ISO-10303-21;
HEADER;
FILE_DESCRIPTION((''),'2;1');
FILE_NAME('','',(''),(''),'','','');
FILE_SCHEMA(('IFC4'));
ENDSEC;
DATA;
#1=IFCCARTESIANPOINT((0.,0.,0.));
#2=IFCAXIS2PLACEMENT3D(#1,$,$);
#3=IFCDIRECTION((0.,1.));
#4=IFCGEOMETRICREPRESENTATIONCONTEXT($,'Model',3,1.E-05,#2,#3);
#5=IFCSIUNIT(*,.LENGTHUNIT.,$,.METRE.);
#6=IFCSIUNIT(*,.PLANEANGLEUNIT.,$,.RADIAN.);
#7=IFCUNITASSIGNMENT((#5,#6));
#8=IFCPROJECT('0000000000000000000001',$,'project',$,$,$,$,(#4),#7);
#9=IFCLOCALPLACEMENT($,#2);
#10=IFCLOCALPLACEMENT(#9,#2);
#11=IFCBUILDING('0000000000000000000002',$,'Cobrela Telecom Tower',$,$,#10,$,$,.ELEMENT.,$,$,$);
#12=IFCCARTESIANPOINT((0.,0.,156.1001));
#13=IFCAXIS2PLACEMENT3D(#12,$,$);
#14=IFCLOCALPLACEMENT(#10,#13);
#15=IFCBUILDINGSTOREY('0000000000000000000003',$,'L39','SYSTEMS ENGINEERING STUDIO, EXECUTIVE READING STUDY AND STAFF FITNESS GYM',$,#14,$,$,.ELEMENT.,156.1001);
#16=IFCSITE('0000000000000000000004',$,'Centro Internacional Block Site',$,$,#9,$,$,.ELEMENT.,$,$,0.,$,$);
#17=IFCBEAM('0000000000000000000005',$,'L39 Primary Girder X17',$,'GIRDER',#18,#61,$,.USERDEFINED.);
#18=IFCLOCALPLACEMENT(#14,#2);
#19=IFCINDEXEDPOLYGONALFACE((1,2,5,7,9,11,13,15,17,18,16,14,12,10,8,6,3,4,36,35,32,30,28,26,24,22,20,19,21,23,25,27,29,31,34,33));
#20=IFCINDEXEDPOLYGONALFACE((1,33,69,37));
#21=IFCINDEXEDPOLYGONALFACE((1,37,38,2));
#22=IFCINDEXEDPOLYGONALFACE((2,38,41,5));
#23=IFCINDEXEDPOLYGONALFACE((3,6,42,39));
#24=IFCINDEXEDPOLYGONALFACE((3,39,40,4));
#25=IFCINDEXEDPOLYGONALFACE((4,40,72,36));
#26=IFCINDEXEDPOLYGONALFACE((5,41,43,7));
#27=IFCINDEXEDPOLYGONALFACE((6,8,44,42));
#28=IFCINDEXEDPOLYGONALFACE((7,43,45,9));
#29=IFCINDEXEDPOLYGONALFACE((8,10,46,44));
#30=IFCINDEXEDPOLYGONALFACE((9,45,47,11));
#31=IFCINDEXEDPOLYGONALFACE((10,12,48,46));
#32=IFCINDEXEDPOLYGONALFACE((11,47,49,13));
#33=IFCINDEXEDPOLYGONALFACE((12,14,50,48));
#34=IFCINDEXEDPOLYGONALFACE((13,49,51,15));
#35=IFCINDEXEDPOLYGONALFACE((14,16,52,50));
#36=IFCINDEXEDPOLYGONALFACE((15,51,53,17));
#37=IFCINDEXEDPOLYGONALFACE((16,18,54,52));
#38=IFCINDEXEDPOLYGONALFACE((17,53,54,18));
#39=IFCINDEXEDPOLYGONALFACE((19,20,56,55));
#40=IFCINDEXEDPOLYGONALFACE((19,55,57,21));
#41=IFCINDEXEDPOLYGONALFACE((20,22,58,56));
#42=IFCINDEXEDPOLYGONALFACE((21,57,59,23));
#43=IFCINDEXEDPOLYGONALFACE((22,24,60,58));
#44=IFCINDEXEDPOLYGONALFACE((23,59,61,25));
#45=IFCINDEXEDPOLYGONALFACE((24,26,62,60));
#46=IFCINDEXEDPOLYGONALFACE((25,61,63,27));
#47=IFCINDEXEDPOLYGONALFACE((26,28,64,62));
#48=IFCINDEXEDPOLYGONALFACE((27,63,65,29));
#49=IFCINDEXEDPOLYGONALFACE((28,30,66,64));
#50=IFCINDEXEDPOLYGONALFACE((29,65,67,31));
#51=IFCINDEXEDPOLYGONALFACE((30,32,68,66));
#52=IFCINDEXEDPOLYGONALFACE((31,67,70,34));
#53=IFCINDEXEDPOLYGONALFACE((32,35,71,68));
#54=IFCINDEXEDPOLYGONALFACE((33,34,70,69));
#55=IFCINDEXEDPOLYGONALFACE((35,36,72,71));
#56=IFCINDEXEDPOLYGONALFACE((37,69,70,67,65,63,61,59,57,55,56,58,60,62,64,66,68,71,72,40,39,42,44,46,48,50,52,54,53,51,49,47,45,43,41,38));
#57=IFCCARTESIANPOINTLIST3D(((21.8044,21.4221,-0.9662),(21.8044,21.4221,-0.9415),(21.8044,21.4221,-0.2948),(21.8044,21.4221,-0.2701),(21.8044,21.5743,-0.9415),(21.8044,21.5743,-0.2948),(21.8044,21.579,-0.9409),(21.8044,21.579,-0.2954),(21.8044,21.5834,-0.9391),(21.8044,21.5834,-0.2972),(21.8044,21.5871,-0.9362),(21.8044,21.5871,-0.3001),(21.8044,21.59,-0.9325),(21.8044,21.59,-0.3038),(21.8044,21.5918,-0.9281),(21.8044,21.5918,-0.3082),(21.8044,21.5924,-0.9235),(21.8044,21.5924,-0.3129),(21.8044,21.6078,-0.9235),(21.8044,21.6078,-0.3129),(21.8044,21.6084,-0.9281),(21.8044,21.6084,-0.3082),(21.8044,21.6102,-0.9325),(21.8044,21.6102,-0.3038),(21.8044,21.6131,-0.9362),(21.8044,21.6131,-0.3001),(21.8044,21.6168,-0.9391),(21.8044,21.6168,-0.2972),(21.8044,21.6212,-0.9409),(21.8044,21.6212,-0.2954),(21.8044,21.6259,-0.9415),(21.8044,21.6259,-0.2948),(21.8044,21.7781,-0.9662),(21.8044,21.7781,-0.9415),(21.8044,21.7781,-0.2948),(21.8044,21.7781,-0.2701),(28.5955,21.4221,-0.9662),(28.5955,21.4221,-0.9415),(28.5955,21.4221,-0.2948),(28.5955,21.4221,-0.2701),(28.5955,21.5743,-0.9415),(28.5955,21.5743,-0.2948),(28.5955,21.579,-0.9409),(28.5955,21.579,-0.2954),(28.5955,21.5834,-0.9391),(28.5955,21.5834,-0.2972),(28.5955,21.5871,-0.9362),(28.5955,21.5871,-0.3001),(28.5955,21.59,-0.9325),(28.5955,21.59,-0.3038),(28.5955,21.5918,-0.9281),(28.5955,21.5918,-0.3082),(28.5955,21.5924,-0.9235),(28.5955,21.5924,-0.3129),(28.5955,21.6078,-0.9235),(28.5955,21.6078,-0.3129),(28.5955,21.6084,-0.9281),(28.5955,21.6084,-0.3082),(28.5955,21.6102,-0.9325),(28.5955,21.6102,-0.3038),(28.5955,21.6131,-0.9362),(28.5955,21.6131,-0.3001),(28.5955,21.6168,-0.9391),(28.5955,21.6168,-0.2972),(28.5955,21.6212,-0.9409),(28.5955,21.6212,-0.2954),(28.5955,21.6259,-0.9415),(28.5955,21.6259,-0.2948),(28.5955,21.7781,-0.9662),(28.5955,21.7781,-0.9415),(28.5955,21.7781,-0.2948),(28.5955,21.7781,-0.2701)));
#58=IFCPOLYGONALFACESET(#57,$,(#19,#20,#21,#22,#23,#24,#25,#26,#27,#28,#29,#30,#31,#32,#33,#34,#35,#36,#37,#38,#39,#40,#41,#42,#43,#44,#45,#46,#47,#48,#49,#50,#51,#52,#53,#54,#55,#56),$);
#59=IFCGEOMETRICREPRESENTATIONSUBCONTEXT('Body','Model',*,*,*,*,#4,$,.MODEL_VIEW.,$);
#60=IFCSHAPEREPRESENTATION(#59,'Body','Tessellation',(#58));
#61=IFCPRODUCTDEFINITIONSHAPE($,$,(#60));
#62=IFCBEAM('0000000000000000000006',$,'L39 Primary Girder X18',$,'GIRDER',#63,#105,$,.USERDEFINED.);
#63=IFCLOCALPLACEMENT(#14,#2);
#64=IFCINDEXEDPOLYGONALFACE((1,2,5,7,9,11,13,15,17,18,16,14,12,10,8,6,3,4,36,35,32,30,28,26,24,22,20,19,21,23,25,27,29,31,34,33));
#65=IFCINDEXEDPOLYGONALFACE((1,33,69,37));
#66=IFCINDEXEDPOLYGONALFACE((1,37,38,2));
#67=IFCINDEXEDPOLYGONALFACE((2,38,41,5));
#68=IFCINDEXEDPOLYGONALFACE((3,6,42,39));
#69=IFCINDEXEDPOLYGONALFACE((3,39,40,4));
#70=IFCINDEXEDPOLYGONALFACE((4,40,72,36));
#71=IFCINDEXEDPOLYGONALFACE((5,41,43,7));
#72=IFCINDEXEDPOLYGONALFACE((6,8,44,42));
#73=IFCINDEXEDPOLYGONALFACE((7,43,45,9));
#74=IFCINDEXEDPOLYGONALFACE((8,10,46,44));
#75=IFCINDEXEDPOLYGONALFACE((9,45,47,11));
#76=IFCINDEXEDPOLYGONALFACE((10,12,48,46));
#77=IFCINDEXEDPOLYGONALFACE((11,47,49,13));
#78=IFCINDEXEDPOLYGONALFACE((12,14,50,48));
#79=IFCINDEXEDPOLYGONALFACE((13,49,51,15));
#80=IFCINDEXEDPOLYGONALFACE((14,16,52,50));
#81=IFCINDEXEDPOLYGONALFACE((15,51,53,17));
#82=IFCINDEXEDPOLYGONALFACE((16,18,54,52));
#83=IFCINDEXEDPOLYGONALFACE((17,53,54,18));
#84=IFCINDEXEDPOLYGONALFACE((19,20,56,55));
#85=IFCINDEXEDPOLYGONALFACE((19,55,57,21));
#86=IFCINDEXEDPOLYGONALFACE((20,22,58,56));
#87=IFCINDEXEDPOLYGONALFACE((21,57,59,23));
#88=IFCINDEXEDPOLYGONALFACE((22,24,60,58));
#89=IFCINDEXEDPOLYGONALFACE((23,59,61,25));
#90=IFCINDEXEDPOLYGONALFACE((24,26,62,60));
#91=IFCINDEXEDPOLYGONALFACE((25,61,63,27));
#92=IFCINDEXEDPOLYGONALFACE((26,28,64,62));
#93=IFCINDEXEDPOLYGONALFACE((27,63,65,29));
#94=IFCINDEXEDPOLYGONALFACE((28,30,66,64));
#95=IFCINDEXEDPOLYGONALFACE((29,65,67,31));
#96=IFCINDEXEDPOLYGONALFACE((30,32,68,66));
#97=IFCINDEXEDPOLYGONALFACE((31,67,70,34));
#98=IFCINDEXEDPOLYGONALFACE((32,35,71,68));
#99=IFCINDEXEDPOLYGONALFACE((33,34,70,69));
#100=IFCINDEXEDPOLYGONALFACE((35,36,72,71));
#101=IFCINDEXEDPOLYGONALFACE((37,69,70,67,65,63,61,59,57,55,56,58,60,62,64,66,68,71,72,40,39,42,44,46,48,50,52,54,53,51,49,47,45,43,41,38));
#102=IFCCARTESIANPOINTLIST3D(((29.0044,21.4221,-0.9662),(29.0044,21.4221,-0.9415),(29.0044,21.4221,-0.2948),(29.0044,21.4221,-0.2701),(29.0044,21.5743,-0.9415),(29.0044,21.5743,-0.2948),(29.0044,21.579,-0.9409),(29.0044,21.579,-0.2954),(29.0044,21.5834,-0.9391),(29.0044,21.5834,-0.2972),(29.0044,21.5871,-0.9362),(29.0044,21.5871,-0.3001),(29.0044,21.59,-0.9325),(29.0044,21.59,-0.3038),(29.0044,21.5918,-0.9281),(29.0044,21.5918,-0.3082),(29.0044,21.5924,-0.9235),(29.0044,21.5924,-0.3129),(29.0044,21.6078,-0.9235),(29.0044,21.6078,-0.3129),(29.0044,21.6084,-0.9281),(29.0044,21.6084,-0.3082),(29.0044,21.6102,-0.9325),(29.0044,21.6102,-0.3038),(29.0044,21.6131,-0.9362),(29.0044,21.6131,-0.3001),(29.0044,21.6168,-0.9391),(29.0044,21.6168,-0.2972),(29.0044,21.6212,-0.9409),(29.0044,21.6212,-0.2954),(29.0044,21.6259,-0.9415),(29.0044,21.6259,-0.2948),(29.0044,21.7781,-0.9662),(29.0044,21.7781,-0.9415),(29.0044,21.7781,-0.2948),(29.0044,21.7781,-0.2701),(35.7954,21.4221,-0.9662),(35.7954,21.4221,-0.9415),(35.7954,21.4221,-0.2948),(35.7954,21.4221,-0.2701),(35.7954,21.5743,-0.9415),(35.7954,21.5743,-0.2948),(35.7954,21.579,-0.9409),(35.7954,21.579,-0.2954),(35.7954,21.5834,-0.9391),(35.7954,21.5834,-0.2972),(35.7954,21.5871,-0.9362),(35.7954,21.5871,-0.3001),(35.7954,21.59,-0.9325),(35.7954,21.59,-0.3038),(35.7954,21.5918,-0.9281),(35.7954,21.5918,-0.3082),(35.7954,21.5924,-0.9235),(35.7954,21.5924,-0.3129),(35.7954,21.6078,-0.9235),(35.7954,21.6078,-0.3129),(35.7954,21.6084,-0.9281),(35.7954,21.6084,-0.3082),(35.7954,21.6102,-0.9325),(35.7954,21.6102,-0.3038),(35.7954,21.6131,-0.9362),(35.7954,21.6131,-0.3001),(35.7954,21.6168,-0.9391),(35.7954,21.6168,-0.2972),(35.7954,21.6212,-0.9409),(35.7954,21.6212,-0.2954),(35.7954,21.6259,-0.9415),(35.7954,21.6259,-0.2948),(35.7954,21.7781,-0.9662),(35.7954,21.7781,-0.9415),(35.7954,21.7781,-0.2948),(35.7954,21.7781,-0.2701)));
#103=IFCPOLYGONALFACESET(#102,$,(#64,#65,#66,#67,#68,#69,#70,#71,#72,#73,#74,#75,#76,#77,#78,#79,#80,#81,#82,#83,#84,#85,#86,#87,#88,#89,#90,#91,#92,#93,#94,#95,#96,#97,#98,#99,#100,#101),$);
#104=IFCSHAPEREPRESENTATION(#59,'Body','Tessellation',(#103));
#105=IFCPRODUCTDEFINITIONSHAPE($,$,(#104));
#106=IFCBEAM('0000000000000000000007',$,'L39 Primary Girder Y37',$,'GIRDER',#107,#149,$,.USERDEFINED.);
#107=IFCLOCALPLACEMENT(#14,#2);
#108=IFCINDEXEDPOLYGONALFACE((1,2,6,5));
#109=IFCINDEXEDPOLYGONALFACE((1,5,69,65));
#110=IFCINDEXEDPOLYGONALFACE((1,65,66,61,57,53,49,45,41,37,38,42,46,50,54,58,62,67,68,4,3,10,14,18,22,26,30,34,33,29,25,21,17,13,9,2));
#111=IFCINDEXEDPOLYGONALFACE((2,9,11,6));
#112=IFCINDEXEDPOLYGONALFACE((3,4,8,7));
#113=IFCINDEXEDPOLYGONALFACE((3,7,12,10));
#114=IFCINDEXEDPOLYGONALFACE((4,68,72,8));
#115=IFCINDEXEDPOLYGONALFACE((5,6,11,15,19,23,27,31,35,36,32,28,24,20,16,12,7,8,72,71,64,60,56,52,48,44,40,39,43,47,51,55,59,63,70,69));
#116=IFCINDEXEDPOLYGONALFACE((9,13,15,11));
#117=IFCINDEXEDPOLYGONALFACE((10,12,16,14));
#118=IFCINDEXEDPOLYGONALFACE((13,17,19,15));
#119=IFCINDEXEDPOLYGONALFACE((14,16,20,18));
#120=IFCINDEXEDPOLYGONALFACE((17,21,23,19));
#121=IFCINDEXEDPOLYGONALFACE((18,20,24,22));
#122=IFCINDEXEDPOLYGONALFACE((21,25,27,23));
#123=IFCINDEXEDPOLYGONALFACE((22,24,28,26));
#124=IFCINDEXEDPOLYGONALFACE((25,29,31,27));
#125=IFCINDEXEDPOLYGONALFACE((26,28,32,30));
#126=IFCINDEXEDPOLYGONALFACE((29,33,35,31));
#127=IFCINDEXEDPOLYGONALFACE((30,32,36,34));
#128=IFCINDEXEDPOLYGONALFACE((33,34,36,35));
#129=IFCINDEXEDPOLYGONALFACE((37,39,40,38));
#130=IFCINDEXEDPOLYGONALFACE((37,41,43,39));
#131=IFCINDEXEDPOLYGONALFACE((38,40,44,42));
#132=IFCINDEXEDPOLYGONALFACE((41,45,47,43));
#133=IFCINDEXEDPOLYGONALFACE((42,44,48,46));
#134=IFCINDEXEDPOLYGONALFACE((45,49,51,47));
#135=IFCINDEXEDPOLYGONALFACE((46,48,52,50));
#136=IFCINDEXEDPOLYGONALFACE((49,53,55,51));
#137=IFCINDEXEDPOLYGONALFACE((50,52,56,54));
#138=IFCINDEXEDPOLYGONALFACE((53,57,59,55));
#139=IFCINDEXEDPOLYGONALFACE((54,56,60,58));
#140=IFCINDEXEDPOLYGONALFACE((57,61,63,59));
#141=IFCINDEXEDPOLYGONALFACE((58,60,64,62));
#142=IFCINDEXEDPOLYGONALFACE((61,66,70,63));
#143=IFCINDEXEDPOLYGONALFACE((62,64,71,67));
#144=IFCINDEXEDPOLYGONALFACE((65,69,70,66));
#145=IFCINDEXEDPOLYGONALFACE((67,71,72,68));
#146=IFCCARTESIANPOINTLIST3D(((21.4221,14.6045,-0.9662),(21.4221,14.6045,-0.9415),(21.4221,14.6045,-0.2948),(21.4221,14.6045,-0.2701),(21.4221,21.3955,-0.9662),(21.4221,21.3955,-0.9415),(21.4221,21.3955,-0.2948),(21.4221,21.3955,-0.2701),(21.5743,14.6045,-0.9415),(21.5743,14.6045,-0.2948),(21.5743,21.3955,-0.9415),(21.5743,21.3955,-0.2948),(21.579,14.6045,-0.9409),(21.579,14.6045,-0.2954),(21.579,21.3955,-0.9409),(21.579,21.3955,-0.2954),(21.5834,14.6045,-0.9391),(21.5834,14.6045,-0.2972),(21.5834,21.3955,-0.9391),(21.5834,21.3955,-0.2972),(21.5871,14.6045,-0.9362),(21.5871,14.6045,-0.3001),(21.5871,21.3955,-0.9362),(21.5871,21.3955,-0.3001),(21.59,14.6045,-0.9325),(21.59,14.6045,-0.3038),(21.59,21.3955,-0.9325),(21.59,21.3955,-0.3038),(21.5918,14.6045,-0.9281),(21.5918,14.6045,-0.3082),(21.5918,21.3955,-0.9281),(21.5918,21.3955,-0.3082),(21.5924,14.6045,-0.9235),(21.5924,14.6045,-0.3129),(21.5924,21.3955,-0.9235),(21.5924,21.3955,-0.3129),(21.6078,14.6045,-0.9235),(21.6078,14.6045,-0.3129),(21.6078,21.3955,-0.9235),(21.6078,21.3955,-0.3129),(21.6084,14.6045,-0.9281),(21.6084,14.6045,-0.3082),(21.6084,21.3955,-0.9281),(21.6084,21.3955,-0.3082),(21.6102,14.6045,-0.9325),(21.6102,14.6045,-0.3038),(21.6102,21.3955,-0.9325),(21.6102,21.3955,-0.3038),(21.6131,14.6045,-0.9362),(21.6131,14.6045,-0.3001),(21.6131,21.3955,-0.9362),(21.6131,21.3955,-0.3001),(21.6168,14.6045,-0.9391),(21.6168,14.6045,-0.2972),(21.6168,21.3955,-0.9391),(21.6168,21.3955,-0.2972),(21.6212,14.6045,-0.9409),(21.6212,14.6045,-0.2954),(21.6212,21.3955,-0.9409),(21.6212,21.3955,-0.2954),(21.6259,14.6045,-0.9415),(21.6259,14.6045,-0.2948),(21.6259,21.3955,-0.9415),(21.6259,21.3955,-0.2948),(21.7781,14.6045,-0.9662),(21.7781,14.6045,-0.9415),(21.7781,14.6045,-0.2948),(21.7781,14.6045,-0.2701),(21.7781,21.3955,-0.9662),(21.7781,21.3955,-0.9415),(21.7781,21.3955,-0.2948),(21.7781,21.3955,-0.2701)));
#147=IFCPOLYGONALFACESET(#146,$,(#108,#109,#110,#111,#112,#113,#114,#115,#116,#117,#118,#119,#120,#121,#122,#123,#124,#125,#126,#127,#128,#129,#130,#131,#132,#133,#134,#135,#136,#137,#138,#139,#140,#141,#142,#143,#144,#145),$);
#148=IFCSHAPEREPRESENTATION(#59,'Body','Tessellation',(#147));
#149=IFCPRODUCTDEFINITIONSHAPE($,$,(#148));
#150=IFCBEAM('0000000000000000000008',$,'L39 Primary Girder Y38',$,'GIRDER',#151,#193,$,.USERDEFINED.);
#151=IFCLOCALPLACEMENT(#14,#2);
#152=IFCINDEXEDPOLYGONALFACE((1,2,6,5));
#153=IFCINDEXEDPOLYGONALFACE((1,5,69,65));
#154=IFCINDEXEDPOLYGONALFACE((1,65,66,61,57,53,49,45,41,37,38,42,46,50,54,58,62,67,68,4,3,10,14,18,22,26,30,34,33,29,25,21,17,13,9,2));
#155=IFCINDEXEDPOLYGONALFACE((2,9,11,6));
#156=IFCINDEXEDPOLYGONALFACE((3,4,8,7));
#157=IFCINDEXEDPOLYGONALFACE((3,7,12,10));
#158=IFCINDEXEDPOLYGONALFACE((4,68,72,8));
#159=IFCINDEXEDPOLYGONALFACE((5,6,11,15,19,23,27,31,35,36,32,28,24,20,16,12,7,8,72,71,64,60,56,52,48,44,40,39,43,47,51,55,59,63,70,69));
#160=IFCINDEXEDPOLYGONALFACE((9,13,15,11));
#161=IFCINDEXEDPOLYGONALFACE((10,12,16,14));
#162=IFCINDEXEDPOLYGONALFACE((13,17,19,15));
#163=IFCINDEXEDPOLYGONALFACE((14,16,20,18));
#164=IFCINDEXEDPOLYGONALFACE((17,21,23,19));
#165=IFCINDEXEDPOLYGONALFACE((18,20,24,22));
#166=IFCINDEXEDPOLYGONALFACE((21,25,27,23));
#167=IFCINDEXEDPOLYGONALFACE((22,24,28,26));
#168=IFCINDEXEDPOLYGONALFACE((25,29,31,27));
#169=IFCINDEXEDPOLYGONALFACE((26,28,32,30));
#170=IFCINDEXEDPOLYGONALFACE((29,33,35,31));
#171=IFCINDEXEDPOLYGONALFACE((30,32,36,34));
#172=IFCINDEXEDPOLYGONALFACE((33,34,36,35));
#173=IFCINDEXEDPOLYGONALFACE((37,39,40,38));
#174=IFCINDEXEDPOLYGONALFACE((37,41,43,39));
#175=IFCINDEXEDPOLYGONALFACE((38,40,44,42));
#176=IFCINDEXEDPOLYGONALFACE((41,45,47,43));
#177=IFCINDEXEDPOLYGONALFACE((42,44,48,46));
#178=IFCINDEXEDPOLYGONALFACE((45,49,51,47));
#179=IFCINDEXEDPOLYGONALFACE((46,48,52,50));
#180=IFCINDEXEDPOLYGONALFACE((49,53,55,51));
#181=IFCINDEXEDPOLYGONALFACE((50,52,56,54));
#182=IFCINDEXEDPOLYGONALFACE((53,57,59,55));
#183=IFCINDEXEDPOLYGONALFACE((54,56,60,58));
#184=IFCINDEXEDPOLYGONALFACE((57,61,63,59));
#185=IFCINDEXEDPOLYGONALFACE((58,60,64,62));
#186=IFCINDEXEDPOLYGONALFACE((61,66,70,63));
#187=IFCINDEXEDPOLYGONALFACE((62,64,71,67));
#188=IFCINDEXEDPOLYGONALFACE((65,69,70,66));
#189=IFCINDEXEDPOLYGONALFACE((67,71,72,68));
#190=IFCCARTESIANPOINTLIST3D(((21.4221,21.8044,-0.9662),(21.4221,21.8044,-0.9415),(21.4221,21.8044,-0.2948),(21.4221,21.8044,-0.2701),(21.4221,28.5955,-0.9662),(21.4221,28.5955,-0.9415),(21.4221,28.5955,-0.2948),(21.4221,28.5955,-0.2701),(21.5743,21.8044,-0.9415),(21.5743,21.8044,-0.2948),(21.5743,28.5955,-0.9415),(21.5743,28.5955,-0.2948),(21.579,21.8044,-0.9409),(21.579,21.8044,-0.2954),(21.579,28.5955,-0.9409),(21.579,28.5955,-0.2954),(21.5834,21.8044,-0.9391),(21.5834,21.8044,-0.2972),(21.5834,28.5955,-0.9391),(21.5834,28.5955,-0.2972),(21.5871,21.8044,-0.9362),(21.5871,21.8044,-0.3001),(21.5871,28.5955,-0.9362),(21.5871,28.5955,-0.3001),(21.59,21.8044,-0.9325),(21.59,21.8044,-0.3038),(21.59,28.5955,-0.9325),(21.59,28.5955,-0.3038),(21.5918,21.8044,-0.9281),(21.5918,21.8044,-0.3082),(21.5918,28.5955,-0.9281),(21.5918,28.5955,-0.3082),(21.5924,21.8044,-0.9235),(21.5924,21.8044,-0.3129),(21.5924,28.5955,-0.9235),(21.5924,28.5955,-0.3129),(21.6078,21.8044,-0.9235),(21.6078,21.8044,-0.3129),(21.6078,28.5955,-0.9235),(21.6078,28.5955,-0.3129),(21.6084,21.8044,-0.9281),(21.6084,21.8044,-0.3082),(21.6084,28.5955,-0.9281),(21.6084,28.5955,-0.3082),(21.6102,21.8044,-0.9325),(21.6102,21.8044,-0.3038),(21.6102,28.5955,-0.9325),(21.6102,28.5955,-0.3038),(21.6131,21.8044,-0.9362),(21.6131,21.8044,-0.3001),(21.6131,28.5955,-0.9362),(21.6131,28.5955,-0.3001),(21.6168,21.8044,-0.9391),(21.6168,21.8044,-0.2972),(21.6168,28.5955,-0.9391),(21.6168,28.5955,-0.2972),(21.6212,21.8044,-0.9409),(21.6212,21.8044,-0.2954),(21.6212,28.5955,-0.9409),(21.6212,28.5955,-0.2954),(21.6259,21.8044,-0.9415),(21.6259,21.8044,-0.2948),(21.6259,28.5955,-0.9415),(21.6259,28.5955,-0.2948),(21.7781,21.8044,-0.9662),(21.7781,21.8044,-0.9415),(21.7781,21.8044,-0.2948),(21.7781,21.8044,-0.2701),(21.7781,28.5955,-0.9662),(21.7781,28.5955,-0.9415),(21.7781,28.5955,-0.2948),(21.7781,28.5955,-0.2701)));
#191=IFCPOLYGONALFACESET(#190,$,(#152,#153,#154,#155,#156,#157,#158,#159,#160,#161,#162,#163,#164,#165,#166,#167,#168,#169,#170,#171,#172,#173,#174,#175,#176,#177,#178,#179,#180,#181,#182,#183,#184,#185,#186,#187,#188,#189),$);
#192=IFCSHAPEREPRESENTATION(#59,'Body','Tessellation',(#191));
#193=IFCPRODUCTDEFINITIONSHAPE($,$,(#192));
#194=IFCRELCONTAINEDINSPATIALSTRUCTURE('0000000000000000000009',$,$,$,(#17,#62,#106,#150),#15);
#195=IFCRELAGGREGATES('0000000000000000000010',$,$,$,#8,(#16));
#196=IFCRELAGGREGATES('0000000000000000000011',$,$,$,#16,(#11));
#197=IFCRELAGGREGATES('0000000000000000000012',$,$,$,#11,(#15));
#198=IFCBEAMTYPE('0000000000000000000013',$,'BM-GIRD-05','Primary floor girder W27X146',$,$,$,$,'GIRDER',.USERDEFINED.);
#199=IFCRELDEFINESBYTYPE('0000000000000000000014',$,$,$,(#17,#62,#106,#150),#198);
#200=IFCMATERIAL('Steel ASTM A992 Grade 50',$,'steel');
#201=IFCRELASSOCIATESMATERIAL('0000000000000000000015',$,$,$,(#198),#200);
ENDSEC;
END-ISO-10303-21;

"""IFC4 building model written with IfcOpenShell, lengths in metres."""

from ifc_helpers import new_model, si_unit, direction, frame, origin, origin_2d, place, context, subcontext, project, spatial, i_section, extrude, material, material_profile, profile_set, type_object, element, save


model = new_model("IFC4")

# Units and contexts
model_context = context("Model", 3, precision=1e-05, world=origin(), true_north=direction((0.0, 1.0)))
body_context = subcontext(model_context, "Body", "Model", "MODEL_VIEW")
ifc_project = project(units=[si_unit("LENGTHUNIT", "METRE"), si_unit("PLANEANGLEUNIT", "RADIAN")], contexts=[model_context])

# Site, building, storey
site_placement = place(None, origin())
site = spatial("IfcSite", under=ifc_project, at=site_placement, Name="Centro Internacional Block Site", CompositionType="ELEMENT", RefElevation=0.0)
building_placement = place(site_placement, origin())
building = spatial("IfcBuilding", under=site, at=building_placement, Name="Cobrela Telecom Tower", CompositionType="ELEMENT")
storey_placement = place(building_placement, frame((0.0, 0.0, 156.1001)))
storey = spatial("IfcBuildingStorey", under=building, at=storey_placement, Name="L39", Description="SYSTEMS ENGINEERING STUDIO, EXECUTIVE READING STUDY AND STAFF FITNESS GYM", CompositionType="ELEMENT", Elevation=156.1001)

# Shared definitions
ifc_material_1 = material(Name="Steel ASTM A992 Grade 50", Category="steel")

# Beams
ifc_material_profile_1 = material_profile(ifc_material_1, i_section(OverallWidth=0.356, OverallDepth=0.696, WebThickness=0.0154, FlangeThickness=0.0247, FilletRadius=0.0181, at=origin_2d()), Name="W27X146")
ifc_profile_set_1 = profile_set([ifc_material_profile_1], Name="Steel ASTM A992 Grade 50")
beam_type_1 = type_object("IfcBeamType", Name="BM-GIRD-05", Description="Primary floor girder W27X146", ElementType="GIRDER", PredefinedType="USERDEFINED", material=ifc_profile_set_1)
for number, where, z_axis, x_axis, name in (
    (1, (21.8044, 21.6001, -0.6182), (1.0, 0.0, 0.0), (0.0, 1.0, 0.0), "L39 Primary Girder X17"),
    (2, (29.0044, 21.6001, -0.6182), (1.0, 0.0, 0.0), (0.0, 1.0, 0.0), "L39 Primary Girder X18"),
    (3, (21.6001, 14.6045, -0.6182), (0.0, 1.0, 0.0), (-1.0, 0.0, 0.0), "L39 Primary Girder Y37"),
    (4, (21.6001, 21.8044, -0.6182), (0.0, 1.0, 0.0), (-1.0, 0.0, 0.0), "L39 Primary Girder Y38"),
):
    element("IfcBeam", number, at=place(storey_placement, frame(where, z_axis=z_axis, x_axis=x_axis)), inside=storey, type_object=beam_type_1, Name=name, ObjectType="GIRDER", PredefinedType="USERDEFINED", context=body_context, shape_type="SweptSolid", body=[
        extrude(i_section(OverallWidth=0.356, OverallDepth=0.696, WebThickness=0.0154, FlangeThickness=0.0247, FilletRadius=0.0181, at=origin_2d()), origin(), (0.0, 0.0, 1.0), 6.791),
    ])

save(model, "model.ifc")
